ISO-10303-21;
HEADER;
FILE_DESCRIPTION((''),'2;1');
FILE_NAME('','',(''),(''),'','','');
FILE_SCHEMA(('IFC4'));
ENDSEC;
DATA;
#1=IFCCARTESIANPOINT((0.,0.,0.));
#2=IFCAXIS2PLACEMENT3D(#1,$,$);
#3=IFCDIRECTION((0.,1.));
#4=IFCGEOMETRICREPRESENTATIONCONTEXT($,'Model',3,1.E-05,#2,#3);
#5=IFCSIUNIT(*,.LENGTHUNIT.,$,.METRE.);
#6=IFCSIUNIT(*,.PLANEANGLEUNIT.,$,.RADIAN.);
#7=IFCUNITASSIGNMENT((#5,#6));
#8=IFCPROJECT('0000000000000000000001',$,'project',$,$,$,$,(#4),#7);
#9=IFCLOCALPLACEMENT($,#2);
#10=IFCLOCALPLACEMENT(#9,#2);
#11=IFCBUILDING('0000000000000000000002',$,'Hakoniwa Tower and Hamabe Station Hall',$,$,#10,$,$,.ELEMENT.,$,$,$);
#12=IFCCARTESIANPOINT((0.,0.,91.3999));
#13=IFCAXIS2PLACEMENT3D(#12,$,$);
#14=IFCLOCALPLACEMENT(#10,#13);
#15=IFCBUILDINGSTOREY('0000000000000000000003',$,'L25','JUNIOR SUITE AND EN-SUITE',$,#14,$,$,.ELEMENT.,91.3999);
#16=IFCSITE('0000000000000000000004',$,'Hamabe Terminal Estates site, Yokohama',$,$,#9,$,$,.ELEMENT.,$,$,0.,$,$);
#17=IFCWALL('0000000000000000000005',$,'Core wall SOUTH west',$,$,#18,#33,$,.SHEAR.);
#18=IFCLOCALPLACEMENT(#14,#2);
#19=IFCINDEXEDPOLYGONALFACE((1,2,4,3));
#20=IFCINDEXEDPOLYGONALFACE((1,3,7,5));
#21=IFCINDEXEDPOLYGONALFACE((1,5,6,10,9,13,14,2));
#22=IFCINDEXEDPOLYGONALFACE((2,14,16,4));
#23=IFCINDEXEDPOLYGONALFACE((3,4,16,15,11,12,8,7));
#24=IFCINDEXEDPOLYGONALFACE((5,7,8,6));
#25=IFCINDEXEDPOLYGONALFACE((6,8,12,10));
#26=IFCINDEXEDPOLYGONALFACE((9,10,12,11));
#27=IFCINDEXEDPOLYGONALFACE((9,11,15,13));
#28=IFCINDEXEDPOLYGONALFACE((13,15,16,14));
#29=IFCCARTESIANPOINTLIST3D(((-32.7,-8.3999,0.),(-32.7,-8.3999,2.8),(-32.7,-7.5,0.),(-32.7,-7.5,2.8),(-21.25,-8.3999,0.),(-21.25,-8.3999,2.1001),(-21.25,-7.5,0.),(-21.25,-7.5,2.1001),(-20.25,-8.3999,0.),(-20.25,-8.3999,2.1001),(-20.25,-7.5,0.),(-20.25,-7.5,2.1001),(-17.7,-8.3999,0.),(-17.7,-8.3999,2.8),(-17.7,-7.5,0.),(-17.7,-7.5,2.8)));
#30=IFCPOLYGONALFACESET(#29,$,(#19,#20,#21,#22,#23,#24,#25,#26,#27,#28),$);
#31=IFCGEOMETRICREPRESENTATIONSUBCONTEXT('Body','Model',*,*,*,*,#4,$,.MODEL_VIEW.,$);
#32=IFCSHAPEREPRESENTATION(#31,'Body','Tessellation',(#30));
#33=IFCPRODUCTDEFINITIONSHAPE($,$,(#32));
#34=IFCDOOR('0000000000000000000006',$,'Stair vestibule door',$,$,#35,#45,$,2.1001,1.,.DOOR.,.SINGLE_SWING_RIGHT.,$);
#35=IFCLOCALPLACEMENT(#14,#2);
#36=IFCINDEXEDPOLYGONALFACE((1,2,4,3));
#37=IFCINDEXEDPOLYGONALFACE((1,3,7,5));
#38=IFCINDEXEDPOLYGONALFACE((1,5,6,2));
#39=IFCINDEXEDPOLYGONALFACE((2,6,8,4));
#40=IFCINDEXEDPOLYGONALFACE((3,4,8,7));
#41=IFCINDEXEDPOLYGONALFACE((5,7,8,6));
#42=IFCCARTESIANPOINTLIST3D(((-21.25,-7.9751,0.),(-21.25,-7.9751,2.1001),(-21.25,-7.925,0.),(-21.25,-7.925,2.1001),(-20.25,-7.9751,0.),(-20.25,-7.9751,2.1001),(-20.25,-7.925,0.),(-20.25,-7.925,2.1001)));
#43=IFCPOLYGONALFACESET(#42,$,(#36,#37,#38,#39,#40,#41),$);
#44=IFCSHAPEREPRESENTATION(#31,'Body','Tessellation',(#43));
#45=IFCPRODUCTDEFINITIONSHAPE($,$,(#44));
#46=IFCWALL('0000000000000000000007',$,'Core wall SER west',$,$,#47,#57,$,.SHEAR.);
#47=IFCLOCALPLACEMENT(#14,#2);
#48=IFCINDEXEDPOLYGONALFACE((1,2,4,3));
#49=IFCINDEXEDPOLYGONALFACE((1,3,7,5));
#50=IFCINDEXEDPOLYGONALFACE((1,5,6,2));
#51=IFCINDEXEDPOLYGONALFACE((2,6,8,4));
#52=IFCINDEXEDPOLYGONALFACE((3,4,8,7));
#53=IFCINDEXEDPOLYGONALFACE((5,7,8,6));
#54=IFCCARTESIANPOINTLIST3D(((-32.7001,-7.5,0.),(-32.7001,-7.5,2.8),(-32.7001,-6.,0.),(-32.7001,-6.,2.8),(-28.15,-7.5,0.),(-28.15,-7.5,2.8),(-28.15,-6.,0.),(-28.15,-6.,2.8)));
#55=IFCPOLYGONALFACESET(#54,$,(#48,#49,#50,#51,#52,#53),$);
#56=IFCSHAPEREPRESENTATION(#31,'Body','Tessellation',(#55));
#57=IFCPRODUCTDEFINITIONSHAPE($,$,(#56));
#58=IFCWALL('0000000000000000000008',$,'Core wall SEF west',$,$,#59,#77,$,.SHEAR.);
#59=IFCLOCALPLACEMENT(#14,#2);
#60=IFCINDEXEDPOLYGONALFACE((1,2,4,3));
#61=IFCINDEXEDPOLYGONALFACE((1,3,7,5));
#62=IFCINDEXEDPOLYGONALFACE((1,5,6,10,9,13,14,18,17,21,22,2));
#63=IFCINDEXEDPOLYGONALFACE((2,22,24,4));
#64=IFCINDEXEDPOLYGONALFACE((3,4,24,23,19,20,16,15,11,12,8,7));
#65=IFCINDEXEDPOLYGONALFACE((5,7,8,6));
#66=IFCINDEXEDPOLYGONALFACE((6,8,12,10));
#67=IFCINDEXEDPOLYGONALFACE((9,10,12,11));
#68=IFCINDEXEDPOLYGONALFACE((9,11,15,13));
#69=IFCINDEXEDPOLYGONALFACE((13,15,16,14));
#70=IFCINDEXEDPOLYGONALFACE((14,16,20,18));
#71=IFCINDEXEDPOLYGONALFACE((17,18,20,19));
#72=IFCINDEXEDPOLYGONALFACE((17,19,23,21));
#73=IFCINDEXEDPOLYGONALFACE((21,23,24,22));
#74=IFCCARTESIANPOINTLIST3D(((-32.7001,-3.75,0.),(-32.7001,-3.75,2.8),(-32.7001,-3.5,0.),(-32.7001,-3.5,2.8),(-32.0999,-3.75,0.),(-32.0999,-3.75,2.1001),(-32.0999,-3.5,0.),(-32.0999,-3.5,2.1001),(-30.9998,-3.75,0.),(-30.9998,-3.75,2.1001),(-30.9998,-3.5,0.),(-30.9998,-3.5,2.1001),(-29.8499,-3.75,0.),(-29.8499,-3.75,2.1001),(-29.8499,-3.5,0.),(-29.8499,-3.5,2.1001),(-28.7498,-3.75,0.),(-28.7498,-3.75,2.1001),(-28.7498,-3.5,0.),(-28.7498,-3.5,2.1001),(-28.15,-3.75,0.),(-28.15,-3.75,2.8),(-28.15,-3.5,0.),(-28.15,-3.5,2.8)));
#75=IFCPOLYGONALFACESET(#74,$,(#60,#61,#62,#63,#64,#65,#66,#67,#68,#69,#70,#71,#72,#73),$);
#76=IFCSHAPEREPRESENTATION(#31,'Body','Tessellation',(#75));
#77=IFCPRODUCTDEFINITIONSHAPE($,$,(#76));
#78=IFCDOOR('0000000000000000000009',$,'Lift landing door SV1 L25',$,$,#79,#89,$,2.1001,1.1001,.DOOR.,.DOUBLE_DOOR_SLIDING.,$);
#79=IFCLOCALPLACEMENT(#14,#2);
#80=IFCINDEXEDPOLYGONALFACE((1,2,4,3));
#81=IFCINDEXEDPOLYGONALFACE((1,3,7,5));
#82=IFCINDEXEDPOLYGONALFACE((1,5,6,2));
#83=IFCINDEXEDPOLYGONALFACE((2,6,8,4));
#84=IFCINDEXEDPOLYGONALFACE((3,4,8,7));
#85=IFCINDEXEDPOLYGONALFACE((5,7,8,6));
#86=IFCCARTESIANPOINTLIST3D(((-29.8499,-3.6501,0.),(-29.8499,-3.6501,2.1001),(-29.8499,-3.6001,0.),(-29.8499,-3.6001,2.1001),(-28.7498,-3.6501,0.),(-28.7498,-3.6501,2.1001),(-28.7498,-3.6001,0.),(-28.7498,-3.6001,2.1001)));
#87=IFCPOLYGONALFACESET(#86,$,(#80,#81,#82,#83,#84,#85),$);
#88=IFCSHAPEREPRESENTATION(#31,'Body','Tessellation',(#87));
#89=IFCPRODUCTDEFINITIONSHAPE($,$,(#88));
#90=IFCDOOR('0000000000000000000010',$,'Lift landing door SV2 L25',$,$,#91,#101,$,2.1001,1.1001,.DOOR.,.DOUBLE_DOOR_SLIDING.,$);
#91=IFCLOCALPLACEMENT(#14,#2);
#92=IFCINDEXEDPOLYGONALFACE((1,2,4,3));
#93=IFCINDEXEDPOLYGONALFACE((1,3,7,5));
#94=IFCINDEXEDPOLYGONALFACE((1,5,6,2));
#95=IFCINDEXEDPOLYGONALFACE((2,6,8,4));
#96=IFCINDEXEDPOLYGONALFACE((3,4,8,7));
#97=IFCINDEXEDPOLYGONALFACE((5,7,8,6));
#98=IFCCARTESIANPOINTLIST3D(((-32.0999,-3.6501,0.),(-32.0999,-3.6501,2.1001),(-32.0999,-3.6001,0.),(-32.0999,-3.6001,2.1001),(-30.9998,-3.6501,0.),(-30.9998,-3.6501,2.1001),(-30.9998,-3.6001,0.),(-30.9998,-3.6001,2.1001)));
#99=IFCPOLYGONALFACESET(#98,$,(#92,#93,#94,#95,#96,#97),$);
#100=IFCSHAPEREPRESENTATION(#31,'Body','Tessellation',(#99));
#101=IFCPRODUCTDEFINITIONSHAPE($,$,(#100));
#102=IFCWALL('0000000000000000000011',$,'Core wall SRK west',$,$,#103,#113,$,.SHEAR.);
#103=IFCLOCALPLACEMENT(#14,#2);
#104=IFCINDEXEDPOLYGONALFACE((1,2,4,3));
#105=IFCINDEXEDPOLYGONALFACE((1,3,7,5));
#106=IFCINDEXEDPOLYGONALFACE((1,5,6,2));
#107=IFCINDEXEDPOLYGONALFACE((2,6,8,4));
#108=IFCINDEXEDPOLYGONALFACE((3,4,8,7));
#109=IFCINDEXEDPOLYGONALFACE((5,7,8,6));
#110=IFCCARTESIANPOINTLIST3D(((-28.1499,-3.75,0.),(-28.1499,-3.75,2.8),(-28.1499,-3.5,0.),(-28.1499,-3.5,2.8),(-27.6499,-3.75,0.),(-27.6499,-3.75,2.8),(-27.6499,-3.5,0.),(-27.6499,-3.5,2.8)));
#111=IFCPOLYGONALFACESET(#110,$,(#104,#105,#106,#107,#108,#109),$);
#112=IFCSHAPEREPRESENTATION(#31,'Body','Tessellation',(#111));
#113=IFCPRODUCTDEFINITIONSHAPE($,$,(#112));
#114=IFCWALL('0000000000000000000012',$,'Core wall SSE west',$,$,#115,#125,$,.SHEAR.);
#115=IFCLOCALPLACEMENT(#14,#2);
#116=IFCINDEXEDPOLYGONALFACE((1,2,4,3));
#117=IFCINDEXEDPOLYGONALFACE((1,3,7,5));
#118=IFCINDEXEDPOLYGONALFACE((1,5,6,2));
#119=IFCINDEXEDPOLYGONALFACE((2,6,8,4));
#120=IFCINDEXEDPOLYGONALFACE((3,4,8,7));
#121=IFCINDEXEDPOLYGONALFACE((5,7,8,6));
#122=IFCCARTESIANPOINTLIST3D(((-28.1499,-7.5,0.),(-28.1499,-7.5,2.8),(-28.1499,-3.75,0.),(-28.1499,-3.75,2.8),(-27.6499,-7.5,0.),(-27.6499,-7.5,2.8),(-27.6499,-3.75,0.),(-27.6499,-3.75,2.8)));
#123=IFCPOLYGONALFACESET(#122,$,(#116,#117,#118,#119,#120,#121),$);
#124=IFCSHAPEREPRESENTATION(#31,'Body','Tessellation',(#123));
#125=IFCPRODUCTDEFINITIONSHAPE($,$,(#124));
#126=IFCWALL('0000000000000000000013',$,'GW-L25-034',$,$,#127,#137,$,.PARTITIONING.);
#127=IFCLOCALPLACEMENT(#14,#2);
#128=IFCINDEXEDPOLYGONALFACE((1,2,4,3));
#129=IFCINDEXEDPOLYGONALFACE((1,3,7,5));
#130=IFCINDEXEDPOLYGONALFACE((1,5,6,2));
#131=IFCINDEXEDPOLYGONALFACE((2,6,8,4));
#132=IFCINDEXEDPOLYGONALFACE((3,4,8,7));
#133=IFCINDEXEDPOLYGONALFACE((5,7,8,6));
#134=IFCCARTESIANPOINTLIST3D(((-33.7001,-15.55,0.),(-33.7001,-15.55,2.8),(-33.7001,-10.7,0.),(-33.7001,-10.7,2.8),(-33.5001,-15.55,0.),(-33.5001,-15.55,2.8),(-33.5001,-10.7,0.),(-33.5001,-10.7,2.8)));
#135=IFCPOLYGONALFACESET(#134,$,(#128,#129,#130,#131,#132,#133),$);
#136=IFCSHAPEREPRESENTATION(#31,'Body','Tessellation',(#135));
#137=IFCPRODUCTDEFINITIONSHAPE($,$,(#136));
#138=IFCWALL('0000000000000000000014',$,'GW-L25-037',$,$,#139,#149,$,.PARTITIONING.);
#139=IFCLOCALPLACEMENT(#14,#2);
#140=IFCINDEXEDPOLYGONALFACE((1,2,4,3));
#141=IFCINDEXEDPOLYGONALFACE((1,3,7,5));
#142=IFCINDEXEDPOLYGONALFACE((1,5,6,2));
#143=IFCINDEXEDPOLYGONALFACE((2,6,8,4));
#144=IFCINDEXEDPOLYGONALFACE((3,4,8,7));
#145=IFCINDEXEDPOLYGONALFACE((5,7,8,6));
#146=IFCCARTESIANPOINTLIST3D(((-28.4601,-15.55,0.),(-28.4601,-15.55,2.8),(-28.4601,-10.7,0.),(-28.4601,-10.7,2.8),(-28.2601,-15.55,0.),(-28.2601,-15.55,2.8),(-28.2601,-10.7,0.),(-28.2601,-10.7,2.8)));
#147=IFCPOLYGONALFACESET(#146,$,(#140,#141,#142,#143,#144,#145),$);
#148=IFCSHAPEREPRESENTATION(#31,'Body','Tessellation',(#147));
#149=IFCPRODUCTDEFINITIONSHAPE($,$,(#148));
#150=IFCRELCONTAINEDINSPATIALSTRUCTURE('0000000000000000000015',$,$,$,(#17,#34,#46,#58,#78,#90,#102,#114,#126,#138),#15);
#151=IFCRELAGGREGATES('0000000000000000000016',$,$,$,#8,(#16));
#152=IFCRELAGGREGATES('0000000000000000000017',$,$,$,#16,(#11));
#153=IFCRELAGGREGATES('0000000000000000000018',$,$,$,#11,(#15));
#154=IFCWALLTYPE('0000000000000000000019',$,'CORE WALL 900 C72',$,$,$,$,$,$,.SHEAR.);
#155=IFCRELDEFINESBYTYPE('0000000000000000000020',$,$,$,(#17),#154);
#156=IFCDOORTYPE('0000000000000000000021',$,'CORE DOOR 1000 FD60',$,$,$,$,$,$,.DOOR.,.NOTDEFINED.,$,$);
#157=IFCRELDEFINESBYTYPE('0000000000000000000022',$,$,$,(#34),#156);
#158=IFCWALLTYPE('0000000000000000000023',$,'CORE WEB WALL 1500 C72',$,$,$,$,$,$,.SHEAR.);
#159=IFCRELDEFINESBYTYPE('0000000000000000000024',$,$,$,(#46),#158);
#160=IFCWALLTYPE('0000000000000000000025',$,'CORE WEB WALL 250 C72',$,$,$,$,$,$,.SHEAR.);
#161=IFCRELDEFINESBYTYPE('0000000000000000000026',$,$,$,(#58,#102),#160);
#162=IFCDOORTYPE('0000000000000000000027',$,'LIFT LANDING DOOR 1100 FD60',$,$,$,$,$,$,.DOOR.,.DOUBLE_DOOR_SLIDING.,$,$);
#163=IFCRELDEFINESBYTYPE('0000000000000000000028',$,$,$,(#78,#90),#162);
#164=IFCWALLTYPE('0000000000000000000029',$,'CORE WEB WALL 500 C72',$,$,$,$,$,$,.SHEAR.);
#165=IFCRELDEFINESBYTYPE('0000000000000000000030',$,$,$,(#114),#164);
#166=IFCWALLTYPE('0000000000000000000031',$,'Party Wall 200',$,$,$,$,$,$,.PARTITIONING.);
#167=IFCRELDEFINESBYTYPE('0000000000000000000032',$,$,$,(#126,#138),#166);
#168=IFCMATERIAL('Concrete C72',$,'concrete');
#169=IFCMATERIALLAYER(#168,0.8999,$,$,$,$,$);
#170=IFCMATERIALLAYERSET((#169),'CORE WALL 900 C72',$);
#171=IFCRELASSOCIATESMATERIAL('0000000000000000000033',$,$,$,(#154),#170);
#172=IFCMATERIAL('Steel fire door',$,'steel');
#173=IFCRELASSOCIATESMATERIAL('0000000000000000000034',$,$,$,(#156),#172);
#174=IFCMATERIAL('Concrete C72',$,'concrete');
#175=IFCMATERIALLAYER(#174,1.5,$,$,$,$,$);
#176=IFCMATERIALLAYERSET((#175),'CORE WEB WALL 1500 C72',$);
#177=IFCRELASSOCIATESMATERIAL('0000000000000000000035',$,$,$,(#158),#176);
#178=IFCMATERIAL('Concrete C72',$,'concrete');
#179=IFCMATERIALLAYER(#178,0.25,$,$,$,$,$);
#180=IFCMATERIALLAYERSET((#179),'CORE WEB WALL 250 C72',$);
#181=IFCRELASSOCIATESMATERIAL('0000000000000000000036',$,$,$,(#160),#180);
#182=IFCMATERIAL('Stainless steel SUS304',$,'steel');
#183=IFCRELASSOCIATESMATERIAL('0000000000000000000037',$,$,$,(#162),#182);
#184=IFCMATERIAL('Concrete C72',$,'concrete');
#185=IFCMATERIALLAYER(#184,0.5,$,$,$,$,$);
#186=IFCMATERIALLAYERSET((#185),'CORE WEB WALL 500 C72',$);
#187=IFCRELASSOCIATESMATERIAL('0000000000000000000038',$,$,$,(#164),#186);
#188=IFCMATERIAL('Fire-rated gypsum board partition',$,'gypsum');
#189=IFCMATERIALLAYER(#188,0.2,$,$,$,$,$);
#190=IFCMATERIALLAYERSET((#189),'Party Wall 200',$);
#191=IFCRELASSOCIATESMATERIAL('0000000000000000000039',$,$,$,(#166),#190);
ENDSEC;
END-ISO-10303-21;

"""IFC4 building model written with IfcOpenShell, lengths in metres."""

from ifc_helpers import new_model, si_unit, direction, frame, frame_2d, origin, place, context, subcontext, project, spatial, rectangle, extrude, material, layer, layer_set, type_object, element, fill, save


model = new_model("IFC4")

# Units and contexts
model_context = context("Model", 3, precision=1e-05, world=origin(), true_north=direction((0.0, 1.0)))
body_context = subcontext(model_context, "Body", "Model", "MODEL_VIEW")
ifc_project = project(units=[si_unit("LENGTHUNIT", "METRE"), si_unit("PLANEANGLEUNIT", "RADIAN")], contexts=[model_context])

# Site, building, storey
site_placement = place(None, origin())
site = spatial("IfcSite", under=ifc_project, at=site_placement, Name="Hamabe Terminal Estates site, Yokohama", CompositionType="ELEMENT", RefElevation=0.0)
building_placement = place(site_placement, origin())
building = spatial("IfcBuilding", under=site, at=building_placement, Name="Hakoniwa Tower and Hamabe Station Hall", CompositionType="ELEMENT")
storey_placement = place(building_placement, frame((0.0, 0.0, 91.3999)))
storey = spatial("IfcBuildingStorey", under=building, at=storey_placement, Name="L25", Description="JUNIOR SUITE AND EN-SUITE", CompositionType="ELEMENT", Elevation=91.3999)

# Shared definitions
ifc_material_1 = material(Name="Concrete C72", Category="concrete")
ifc_layer_1 = layer(ifc_material_1, 0.8999)
ifc_layer_set_1 = layer_set([ifc_layer_1], Name="CORE WALL 900 C72")
wall_type_1 = type_object("IfcWallType", Name="CORE WALL 900 C72", PredefinedType="SHEAR", material=ifc_layer_set_1)

# Wall, opening, door
wall_1_placement = place(storey_placement, frame((-32.7, -7.95, 0.0), z_axis=(0.0, 0.0, 1.0), x_axis=(1.0, 0.0, 0.0)))
wall_1 = element("IfcWall", 1, at=wall_1_placement, inside=storey, type_object=wall_type_1, Name="Core wall SOUTH west", PredefinedType="SHEAR", context=body_context, shape_type="SweptSolid", body=[
    extrude(rectangle(XDim=15.0, YDim=0.8999, at=frame_2d((7.5, 0.0))), origin(), (0.0, 0.0, 1.0), 2.8),
])
opening_1_placement = place(wall_1_placement, frame((11.45, 0.0, 0.0)))
opening_1 = element("IfcOpeningElement", 2, at=opening_1_placement, cuts=wall_1, PredefinedType="OPENING", context=body_context, shape_type="SweptSolid", body=[
    extrude(rectangle(XDim=1.0, YDim=2.1001, at=frame_2d((0.5, 1.05))), frame((0.0, 0.46, 0.0), z_axis=(0.0, -1.0, 0.0), x_axis=(1.0, 0.0, 0.0)), (0.0, 0.0, 1.0), 0.9199),
])
ifc_material_2 = material(Name="Steel fire door", Category="steel")
door_type_1 = type_object("IfcDoorType", Name="CORE DOOR 1000 FD60", OperationType="NOTDEFINED", PredefinedType="DOOR", material=ifc_material_2)
door_1_placement = place(opening_1_placement, origin())
door_1 = element("IfcDoor", 3, at=door_1_placement, inside=storey, type_object=door_type_1, Name="Stair vestibule door", OperationType="SINGLE_SWING_RIGHT", OverallHeight=2.1001, OverallWidth=1.0, PredefinedType="DOOR", context=body_context, shape_type="SweptSolid", body=[
    extrude(rectangle(XDim=1.0, YDim=2.1001, at=frame_2d((0.5, 1.05))), frame((0.0, 0.0249, 0.0), z_axis=(0.0, -1.0, 0.0), x_axis=(1.0, 0.0, 0.0)), (0.0, 0.0, 1.0), 0.05),
])
fill(opening_1, door_1)

# Wall
ifc_material_3 = material(Name="Concrete C72", Category="concrete")
ifc_layer_2 = layer(ifc_material_3, 1.5)
ifc_layer_set_2 = layer_set([ifc_layer_2], Name="CORE WEB WALL 1500 C72")
wall_type_2 = type_object("IfcWallType", Name="CORE WEB WALL 1500 C72", PredefinedType="SHEAR", material=ifc_layer_set_2)
wall_2_placement = place(storey_placement, frame((-32.7, -6.75, 0.0), z_axis=(0.0, 0.0, 1.0), x_axis=(1.0, 0.0, 0.0)))
element("IfcWall", 4, at=wall_2_placement, inside=storey, type_object=wall_type_2, Name="Core wall SER west", PredefinedType="SHEAR", context=body_context, shape_type="SweptSolid", body=[
    extrude(rectangle(XDim=4.55, YDim=1.5, at=frame_2d((2.2749, 0.0))), origin(), (0.0, 0.0, 1.0), 2.8),
])

# Wall, openings, doors
ifc_material_4 = material(Name="Concrete C72", Category="concrete")
ifc_layer_3 = layer(ifc_material_4, 0.25)
ifc_layer_set_3 = layer_set([ifc_layer_3], Name="CORE WEB WALL 250 C72")
wall_type_3 = type_object("IfcWallType", Name="CORE WEB WALL 250 C72", PredefinedType="SHEAR", material=ifc_layer_set_3)
wall_3_placement = place(storey_placement, frame((-32.7, -3.625, 0.0), z_axis=(0.0, 0.0, 1.0), x_axis=(1.0, 0.0, 0.0)))
wall_3 = element("IfcWall", 5, at=wall_3_placement, inside=storey, type_object=wall_type_3, Name="Core wall SEF west", PredefinedType="SHEAR", context=body_context, shape_type="SweptSolid", body=[
    extrude(rectangle(XDim=4.55, YDim=0.25, at=frame_2d((2.2749, 0.0))), origin(), (0.0, 0.0, 1.0), 2.8),
])
opening_2_placement = place(wall_3_placement, frame((2.8501, 0.0, 0.0)))
opening_2 = element("IfcOpeningElement", 6, at=opening_2_placement, cuts=wall_3, PredefinedType="OPENING", context=body_context, shape_type="SweptSolid", body=[
    extrude(rectangle(XDim=1.1001, YDim=2.1001, at=frame_2d((0.55, 1.05))), frame((0.0, 0.135, 0.0), z_axis=(0.0, -1.0, 0.0), x_axis=(1.0, 0.0, 0.0)), (0.0, 0.0, 1.0), 0.27),
])
opening_3_placement = place(wall_3_placement, frame((0.6001, 0.0, 0.0)))
opening_3 = element("IfcOpeningElement", 7, at=opening_3_placement, cuts=wall_3, PredefinedType="OPENING", context=body_context, shape_type="SweptSolid", body=[
    extrude(rectangle(XDim=1.1001, YDim=2.1001, at=frame_2d((0.55, 1.05))), frame((0.0, 0.135, 0.0), z_axis=(0.0, -1.0, 0.0), x_axis=(1.0, 0.0, 0.0)), (0.0, 0.0, 1.0), 0.27),
])
ifc_material_5 = material(Name="Stainless steel SUS304", Category="steel")
door_type_2 = type_object("IfcDoorType", Name="LIFT LANDING DOOR 1100 FD60", OperationType="DOUBLE_DOOR_SLIDING", PredefinedType="DOOR", material=ifc_material_5)
door_2_placement = place(opening_2_placement, origin())
door_2 = element("IfcDoor", 8, at=door_2_placement, inside=storey, type_object=door_type_2, Name="Lift landing door SV1 L25", OperationType="DOUBLE_DOOR_SLIDING", OverallHeight=2.1001, OverallWidth=1.1001, PredefinedType="DOOR", context=body_context, shape_type="SweptSolid", body=[
    extrude(rectangle(XDim=1.1001, YDim=2.1001, at=frame_2d((0.55, 1.05))), frame((0.0, 0.0249, 0.0), z_axis=(0.0, -1.0, 0.0), x_axis=(1.0, 0.0, 0.0)), (0.0, 0.0, 1.0), 0.05),
])
fill(opening_2, door_2)
door_3_placement = place(opening_3_placement, origin())
door_3 = element("IfcDoor", 9, at=door_3_placement, inside=storey, type_object=door_type_2, Name="Lift landing door SV2 L25", OperationType="DOUBLE_DOOR_SLIDING", OverallHeight=2.1001, OverallWidth=1.1001, PredefinedType="DOOR", context=body_context, shape_type="SweptSolid", body=[
    extrude(rectangle(XDim=1.1001, YDim=2.1001, at=frame_2d((0.55, 1.05))), frame((0.0, 0.0249, 0.0), z_axis=(0.0, -1.0, 0.0), x_axis=(1.0, 0.0, 0.0)), (0.0, 0.0, 1.0), 0.05),
])
fill(opening_3, door_3)

# Walls
wall_4_placement = place(storey_placement, frame((-28.1499, -3.625, 0.0), z_axis=(0.0, 0.0, 1.0), x_axis=(1.0, 0.0, 0.0)))
element("IfcWall", 10, at=wall_4_placement, inside=storey, type_object=wall_type_3, Name="Core wall SRK west", PredefinedType="SHEAR", context=body_context, shape_type="SweptSolid", body=[
    extrude(rectangle(XDim=0.5, YDim=0.25, at=frame_2d((0.25, 0.0))), origin(), (0.0, 0.0, 1.0), 2.8),
])
ifc_material_6 = material(Name="Concrete C72", Category="concrete")
ifc_layer_4 = layer(ifc_material_6, 0.5)
ifc_layer_set_4 = layer_set([ifc_layer_4], Name="CORE WEB WALL 500 C72")
wall_type_4 = type_object("IfcWallType", Name="CORE WEB WALL 500 C72", PredefinedType="SHEAR", material=ifc_layer_set_4)
wall_5_placement = place(storey_placement, frame((-27.8999, -7.5, 0.0), z_axis=(0.0, 0.0, 1.0), x_axis=(0.0, 1.0, 0.0)))
element("IfcWall", 11, at=wall_5_placement, inside=storey, type_object=wall_type_4, Name="Core wall SSE west", PredefinedType="SHEAR", context=body_context, shape_type="SweptSolid", body=[
    extrude(rectangle(XDim=3.75, YDim=0.5, at=frame_2d((1.875, 0.0))), origin(), (0.0, 0.0, 1.0), 2.8),
])
ifc_material_7 = material(Name="Fire-rated gypsum board partition", Category="gypsum")
ifc_layer_5 = layer(ifc_material_7, 0.2)
ifc_layer_set_5 = layer_set([ifc_layer_5], Name="Party Wall 200")
wall_type_5 = type_object("IfcWallType", Name="Party Wall 200", PredefinedType="PARTITIONING", material=ifc_layer_set_5)
for number, where, z_axis, x_axis, name in (
    (12, (-33.6001, -15.55, 0.0), (0.0, 0.0, 1.0), (0.0, 1.0, 0.0), "GW-L25-034"),
    (13, (-28.3601, -15.55, 0.0), (0.0, 0.0, 1.0), (0.0, 1.0, 0.0), "GW-L25-037"),
):
    element("IfcWall", number, at=place(storey_placement, frame(where, z_axis=z_axis, x_axis=x_axis)), inside=storey, type_object=wall_type_5, Name=name, PredefinedType="PARTITIONING", context=body_context, shape_type="SweptSolid", body=[
        extrude(rectangle(XDim=4.8501, YDim=0.2, at=frame_2d((2.425, 0.0))), origin(), (0.0, 0.0, 1.0), 2.8),
    ])

save(model, "model.ifc")
